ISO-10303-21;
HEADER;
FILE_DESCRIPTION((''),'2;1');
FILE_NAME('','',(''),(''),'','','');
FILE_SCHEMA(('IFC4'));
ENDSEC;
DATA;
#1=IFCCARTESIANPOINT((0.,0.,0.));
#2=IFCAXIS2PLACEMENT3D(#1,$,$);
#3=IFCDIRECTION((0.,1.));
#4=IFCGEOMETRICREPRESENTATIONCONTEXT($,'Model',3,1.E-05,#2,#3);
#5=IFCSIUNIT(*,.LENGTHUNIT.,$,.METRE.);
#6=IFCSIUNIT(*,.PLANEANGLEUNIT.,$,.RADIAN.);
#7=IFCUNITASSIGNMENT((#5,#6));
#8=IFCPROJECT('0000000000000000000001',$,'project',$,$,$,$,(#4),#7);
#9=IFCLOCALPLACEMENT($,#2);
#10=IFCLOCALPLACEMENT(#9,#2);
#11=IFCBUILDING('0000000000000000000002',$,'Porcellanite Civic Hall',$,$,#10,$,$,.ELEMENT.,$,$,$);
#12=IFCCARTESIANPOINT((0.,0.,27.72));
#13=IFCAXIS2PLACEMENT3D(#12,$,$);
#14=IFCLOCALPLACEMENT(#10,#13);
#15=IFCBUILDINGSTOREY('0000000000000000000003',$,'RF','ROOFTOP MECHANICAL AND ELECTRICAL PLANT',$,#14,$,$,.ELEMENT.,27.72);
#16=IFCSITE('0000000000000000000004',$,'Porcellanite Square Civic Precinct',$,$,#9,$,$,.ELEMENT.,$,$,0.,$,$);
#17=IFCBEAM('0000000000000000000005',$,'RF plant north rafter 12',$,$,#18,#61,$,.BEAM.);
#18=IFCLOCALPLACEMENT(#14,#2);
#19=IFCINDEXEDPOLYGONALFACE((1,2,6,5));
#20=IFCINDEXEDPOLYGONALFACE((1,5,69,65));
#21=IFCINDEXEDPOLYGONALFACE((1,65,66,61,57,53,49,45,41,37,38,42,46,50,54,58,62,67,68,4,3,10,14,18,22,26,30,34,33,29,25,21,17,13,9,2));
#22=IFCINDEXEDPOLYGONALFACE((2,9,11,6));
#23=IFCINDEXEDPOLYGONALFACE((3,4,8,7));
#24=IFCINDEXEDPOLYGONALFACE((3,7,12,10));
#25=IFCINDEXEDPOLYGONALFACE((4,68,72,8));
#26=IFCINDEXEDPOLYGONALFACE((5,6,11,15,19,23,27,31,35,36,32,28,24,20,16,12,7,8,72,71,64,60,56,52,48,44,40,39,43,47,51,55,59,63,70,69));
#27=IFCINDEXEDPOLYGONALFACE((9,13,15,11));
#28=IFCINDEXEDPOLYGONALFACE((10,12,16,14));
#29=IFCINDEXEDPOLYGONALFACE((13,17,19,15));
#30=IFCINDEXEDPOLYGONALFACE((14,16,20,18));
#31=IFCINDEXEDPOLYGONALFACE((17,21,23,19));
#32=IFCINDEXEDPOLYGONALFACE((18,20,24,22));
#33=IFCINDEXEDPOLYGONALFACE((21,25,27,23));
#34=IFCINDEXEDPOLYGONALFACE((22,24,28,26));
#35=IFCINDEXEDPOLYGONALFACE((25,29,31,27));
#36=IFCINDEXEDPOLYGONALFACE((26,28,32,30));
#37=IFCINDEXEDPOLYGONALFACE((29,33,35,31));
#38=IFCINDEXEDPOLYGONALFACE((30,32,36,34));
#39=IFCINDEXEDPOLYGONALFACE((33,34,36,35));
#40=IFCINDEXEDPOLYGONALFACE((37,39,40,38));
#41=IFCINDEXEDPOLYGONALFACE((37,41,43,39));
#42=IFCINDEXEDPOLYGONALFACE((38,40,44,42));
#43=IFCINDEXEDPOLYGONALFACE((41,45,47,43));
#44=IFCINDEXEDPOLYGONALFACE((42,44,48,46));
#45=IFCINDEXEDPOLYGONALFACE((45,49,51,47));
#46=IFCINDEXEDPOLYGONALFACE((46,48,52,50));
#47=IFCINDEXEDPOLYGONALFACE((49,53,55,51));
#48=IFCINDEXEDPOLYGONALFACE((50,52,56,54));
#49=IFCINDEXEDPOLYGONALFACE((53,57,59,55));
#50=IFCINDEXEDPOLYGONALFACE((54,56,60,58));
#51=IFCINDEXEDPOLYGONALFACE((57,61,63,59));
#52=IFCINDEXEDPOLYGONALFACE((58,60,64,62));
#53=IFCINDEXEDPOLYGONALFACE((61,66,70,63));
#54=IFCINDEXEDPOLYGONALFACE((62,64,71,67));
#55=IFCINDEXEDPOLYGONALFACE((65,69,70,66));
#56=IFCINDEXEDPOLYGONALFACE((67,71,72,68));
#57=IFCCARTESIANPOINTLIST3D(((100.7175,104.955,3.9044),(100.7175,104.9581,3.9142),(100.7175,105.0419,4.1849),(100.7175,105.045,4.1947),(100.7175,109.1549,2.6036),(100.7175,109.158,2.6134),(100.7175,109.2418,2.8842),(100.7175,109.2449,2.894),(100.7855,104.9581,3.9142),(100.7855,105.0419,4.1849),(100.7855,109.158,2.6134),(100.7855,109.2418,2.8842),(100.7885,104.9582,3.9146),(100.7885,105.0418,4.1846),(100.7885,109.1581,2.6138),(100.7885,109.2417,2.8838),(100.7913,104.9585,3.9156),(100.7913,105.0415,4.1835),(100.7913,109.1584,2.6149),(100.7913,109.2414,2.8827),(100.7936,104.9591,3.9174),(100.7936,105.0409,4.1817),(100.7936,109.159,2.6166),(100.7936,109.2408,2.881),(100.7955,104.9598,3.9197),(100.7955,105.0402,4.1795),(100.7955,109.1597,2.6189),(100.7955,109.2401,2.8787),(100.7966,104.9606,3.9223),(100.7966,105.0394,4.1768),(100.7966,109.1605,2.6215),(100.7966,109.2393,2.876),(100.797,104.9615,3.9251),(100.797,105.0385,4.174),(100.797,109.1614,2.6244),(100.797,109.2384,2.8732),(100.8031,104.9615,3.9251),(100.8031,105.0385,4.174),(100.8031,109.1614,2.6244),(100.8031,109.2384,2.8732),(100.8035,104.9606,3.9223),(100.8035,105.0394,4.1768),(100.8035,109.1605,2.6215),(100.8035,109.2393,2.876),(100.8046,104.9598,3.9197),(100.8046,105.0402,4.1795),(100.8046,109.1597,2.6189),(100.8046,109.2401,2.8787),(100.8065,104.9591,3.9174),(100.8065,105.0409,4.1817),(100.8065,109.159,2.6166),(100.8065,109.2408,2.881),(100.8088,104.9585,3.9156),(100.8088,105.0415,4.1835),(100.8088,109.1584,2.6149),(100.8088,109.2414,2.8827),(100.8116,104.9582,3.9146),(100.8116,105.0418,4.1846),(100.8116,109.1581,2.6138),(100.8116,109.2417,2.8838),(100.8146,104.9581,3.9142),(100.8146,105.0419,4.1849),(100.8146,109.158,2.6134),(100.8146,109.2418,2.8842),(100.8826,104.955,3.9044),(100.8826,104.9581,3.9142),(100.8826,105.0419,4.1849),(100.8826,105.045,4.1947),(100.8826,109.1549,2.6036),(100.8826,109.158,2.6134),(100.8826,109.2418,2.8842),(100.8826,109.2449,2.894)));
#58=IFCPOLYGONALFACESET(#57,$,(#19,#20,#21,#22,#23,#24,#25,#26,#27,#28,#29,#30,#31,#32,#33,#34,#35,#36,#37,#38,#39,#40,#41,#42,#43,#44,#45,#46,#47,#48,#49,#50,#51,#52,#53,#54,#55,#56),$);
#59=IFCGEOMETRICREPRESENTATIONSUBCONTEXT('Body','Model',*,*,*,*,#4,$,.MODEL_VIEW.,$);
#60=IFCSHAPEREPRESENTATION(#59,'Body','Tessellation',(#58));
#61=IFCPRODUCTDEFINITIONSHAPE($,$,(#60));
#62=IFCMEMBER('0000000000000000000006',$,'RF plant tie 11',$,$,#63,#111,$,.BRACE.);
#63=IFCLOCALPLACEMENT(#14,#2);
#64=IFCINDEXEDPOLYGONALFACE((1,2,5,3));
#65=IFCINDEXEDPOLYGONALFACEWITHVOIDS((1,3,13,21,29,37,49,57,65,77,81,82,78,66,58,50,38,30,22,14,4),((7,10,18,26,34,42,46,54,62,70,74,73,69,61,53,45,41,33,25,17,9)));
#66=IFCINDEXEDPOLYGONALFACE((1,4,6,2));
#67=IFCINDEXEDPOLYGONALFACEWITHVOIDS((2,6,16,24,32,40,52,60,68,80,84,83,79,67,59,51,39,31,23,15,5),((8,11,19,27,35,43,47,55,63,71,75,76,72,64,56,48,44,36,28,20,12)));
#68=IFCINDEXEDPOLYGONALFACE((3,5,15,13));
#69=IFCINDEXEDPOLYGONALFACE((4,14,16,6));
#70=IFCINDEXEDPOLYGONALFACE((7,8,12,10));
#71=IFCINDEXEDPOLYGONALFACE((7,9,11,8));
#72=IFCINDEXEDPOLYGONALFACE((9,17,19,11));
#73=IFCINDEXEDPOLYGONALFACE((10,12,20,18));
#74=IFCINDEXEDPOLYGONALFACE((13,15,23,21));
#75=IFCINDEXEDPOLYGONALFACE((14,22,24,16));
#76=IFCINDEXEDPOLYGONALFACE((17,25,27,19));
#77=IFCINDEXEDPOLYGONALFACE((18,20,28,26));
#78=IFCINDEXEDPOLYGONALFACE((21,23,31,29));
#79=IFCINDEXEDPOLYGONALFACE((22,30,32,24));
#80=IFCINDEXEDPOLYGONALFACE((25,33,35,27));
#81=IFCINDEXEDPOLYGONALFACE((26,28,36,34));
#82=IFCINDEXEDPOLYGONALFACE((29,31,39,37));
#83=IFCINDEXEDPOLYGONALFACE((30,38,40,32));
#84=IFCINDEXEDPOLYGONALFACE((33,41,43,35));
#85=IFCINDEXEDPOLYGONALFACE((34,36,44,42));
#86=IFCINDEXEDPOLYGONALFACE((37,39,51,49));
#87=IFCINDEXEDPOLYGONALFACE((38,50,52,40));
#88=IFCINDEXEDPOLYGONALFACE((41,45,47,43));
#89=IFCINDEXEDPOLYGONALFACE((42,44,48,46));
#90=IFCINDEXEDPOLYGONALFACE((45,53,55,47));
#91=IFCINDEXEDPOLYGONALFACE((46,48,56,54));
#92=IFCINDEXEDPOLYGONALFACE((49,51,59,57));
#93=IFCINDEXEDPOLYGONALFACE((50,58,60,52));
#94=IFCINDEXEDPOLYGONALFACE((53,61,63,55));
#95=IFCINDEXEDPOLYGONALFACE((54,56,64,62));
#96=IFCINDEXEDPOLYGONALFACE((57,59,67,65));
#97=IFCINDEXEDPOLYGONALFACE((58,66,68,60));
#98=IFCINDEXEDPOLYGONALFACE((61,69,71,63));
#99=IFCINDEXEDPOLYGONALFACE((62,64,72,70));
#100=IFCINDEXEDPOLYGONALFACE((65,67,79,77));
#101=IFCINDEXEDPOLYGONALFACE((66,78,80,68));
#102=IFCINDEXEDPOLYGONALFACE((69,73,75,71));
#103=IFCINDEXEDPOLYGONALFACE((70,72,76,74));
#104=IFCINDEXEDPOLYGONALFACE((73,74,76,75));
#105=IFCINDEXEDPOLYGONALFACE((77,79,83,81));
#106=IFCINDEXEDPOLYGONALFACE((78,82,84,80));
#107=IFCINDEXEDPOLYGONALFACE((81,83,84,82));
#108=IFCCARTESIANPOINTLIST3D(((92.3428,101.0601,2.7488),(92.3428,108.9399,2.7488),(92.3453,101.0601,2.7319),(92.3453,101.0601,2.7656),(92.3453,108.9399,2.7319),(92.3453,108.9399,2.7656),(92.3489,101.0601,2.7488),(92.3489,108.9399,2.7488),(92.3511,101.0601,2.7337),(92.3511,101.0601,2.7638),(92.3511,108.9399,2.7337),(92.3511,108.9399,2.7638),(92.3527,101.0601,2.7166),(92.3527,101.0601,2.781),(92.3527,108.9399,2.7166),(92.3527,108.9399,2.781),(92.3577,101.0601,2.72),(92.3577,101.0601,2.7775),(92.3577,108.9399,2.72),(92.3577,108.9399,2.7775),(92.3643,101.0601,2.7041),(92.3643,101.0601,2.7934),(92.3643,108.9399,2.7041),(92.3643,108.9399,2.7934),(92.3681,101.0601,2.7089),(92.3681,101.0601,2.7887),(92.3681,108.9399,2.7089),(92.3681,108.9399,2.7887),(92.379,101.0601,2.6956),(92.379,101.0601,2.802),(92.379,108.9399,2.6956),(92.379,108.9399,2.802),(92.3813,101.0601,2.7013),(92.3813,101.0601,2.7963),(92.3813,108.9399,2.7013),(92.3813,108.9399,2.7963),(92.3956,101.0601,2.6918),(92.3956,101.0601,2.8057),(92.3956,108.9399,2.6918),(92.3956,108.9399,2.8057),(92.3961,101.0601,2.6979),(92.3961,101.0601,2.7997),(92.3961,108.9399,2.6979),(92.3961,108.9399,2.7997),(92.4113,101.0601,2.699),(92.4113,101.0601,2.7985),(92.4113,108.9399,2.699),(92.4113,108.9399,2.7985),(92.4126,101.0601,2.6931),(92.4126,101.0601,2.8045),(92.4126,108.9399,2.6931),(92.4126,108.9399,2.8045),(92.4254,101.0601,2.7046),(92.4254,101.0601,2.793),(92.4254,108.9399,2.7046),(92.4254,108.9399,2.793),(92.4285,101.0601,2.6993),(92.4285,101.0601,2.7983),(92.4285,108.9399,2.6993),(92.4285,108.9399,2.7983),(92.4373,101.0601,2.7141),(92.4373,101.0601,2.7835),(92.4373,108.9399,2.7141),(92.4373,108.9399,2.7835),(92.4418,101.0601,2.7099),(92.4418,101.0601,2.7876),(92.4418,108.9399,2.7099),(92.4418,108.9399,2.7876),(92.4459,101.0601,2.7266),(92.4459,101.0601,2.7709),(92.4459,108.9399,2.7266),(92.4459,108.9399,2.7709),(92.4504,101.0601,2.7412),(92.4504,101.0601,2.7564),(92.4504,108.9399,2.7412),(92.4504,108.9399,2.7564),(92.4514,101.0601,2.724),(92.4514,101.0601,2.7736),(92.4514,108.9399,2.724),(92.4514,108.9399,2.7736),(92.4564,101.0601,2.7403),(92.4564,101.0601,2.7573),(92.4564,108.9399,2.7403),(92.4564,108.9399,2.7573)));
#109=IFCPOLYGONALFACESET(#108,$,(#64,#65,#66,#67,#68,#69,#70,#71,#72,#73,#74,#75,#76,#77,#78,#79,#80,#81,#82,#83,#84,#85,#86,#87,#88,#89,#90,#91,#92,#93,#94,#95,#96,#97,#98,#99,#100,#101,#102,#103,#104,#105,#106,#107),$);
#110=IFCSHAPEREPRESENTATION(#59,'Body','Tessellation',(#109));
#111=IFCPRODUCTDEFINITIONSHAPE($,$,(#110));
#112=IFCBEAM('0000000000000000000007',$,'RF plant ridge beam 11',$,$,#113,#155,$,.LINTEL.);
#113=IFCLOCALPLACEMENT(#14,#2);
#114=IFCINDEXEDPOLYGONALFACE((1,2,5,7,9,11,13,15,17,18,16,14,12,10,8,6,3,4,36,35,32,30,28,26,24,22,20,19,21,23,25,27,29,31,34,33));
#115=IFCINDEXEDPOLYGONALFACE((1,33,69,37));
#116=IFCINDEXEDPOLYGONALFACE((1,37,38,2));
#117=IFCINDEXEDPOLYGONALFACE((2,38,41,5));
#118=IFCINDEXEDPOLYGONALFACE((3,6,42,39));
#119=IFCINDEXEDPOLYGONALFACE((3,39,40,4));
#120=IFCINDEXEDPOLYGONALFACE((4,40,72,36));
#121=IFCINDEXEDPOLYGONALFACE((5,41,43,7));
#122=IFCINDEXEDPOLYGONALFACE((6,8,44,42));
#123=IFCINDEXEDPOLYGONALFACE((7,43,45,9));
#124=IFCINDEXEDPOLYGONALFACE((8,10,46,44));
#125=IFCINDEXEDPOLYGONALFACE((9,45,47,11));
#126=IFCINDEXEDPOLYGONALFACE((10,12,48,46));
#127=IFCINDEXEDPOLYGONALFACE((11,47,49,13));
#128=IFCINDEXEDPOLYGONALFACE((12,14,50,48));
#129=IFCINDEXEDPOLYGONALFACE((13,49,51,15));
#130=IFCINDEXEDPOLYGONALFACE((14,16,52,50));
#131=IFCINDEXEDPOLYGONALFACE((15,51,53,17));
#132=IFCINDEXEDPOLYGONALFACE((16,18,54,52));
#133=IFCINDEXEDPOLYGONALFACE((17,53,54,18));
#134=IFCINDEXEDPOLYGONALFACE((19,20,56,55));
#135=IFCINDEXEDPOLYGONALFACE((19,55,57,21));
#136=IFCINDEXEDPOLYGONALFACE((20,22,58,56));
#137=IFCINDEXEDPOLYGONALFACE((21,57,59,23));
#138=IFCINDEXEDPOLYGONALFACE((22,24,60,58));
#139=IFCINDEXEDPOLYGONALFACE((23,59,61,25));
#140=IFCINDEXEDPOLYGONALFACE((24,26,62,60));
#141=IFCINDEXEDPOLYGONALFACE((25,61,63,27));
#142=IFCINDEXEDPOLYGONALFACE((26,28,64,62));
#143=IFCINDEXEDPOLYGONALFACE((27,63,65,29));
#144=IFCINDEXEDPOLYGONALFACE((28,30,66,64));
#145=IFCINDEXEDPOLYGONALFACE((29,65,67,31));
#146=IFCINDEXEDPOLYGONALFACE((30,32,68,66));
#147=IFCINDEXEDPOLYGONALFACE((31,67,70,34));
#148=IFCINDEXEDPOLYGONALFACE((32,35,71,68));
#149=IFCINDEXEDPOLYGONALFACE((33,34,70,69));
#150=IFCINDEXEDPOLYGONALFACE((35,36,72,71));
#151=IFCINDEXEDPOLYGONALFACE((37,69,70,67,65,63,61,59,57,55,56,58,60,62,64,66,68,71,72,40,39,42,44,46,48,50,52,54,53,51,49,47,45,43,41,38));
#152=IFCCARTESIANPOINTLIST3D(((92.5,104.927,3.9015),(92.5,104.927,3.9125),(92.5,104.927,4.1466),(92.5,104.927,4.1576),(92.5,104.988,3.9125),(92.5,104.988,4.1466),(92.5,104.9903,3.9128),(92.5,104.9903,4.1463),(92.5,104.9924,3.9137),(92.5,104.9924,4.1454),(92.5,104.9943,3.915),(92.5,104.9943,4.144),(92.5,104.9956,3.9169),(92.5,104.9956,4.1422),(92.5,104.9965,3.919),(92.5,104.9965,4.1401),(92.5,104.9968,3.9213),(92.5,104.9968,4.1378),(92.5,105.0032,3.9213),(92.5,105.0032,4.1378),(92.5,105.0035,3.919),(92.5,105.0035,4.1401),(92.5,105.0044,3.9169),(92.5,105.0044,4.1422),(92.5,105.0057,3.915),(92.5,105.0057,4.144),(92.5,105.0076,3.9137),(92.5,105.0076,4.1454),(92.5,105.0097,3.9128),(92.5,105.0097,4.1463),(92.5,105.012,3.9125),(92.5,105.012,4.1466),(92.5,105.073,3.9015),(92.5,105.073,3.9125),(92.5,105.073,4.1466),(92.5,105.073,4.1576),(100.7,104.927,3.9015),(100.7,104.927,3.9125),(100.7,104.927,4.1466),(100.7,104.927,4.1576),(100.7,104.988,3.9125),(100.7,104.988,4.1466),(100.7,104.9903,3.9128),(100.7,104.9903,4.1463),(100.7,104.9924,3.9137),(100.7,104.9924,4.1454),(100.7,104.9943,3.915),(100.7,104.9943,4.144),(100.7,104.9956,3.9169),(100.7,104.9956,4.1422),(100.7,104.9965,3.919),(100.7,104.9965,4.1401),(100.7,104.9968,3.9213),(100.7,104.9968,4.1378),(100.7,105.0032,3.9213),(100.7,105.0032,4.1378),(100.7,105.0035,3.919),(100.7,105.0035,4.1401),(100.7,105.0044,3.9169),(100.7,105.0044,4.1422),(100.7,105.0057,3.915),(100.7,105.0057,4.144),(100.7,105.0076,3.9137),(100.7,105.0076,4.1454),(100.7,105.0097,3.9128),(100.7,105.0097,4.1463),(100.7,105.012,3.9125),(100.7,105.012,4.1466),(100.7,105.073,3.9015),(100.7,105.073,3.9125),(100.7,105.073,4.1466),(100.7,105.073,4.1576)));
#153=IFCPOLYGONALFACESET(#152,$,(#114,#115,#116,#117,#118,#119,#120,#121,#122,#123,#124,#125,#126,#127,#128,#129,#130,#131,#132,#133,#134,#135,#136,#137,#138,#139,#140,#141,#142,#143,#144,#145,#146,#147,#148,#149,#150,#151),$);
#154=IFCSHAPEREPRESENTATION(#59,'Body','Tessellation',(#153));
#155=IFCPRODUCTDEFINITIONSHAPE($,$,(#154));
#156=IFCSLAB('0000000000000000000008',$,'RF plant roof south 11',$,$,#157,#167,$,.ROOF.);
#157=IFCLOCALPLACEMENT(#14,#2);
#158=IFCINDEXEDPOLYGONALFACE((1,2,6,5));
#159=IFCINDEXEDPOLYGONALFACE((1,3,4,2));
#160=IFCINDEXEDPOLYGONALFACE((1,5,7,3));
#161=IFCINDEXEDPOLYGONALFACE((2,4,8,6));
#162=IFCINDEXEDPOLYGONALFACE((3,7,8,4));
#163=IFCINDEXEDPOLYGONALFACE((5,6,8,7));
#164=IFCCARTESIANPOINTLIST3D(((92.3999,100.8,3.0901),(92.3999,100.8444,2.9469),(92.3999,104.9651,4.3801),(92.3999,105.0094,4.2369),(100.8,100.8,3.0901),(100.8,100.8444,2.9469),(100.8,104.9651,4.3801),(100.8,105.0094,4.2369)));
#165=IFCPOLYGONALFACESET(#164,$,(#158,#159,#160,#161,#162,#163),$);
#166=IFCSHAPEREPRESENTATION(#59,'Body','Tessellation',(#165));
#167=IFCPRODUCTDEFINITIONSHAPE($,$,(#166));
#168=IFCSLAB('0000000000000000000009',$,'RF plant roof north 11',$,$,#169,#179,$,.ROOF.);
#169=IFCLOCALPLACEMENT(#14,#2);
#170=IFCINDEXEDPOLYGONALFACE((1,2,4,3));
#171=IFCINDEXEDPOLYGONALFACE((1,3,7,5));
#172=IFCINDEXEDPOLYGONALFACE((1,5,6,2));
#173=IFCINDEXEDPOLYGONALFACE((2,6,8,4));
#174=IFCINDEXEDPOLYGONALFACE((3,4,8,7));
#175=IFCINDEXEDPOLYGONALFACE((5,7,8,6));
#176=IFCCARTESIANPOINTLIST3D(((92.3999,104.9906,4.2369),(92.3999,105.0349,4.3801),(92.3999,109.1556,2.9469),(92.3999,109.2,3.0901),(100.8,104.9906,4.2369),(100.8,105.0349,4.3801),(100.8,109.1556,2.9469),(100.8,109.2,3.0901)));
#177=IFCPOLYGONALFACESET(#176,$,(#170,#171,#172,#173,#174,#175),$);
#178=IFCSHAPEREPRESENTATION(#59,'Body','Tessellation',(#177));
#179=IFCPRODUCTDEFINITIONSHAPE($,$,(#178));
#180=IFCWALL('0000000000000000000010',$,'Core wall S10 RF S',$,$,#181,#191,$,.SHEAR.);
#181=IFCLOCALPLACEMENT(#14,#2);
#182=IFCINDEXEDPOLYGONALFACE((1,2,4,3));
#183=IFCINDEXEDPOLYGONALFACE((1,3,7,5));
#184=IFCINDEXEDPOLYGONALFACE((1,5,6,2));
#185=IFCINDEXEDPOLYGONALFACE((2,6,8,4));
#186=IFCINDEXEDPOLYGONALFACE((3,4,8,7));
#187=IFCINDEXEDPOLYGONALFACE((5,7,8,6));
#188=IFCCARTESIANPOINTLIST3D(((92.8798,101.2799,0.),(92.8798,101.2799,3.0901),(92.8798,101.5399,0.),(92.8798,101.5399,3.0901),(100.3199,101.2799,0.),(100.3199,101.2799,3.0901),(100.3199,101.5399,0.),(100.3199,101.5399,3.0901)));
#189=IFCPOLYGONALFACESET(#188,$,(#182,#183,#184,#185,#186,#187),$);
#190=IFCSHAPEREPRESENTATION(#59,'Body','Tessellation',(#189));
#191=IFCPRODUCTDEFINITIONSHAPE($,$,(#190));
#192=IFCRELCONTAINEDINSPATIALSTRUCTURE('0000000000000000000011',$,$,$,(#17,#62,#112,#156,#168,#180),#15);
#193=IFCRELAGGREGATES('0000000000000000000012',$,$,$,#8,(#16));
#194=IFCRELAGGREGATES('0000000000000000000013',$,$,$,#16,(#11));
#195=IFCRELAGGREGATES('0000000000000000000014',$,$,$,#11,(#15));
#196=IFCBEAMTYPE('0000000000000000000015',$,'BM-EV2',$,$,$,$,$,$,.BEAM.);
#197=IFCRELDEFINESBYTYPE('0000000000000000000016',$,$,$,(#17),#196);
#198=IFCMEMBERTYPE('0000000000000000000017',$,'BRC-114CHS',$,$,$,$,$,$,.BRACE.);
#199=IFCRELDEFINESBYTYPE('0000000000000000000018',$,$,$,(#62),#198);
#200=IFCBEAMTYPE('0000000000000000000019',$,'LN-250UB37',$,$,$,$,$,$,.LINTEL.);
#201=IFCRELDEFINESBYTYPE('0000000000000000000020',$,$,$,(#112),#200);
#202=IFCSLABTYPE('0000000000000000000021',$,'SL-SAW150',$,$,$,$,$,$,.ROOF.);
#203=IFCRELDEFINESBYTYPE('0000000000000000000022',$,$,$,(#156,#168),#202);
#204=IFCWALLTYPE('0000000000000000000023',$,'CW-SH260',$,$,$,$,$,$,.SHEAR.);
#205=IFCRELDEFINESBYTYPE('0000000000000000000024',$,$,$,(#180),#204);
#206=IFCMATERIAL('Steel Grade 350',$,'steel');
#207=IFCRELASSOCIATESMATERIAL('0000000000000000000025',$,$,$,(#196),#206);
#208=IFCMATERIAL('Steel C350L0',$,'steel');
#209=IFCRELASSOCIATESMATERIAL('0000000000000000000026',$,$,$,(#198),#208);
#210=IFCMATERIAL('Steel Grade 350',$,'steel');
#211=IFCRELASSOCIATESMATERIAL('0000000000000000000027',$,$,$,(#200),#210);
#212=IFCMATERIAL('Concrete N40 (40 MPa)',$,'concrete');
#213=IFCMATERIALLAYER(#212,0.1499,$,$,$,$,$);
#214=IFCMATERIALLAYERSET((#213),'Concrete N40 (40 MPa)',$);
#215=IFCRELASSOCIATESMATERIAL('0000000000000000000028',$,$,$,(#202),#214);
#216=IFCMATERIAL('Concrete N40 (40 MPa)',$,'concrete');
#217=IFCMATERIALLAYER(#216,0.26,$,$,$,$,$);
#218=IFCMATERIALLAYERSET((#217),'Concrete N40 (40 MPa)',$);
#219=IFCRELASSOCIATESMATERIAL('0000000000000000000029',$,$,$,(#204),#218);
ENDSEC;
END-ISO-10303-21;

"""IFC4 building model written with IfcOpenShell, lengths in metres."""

from ifc_helpers import new_model, si_unit, direction, frame, frame_2d, origin, origin_2d, place, context, subcontext, project, spatial, polyline, rectangle, hollow_circle, i_section, outline, extrude, material, layer, layer_set, material_profile, profile_set, type_object, element, save


model = new_model("IFC4")

# Units and contexts
model_context = context("Model", 3, precision=1e-05, world=origin(), true_north=direction((0.0, 1.0)))
body_context = subcontext(model_context, "Body", "Model", "MODEL_VIEW")
ifc_project = project(units=[si_unit("LENGTHUNIT", "METRE"), si_unit("PLANEANGLEUNIT", "RADIAN")], contexts=[model_context])

# Site, building, storey
site_placement = place(None, origin())
site = spatial("IfcSite", under=ifc_project, at=site_placement, Name="Porcellanite Square Civic Precinct", CompositionType="ELEMENT", RefElevation=0.0)
building_placement = place(site_placement, origin())
building = spatial("IfcBuilding", under=site, at=building_placement, Name="Porcellanite Civic Hall", CompositionType="ELEMENT")
storey_placement = place(building_placement, frame((0.0, 0.0, 27.72)))
storey = spatial("IfcBuildingStorey", under=building, at=storey_placement, Name="RF", Description="ROOFTOP MECHANICAL AND ELECTRICAL PLANT", CompositionType="ELEMENT", Elevation=27.72)

# Beam
ifc_material_1 = material(Name="Steel Grade 350", Category="steel")
ifc_material_profile_1 = material_profile(ifc_material_1, i_section(OverallWidth=0.165, OverallDepth=0.304, WebThickness=0.0061, FlangeThickness=0.0103, FilletRadius=0.0115, at=origin_2d()), Name="310UB40.4")
ifc_profile_set_1 = profile_set([ifc_material_profile_1], Name="Steel Grade 350")
beam_type_1 = type_object("IfcBeamType", Name="BM-EV2", PredefinedType="BEAM", material=ifc_profile_set_1)
for number, where, z_axis, x_axis, name in (
    (1, (100.8, 105.0, 4.0496), (0.0, 0.955235, -0.295849), (-1.0, 0.0, 0.0), "RF plant north rafter 12"),
):
    element("IfcBeam", number, at=place(storey_placement, frame(where, z_axis=z_axis, x_axis=x_axis)), inside=storey, type_object=beam_type_1, Name=name, PredefinedType="BEAM", context=body_context, shape_type="SweptSolid", body=[
        extrude(i_section(OverallWidth=0.165, OverallDepth=0.304, WebThickness=0.0061, FlangeThickness=0.0103, FilletRadius=0.0115, at=origin_2d()), origin(), (0.0, 0.0, 1.0), 4.3967),
    ])

# Member
ifc_material_2 = material(Name="Steel C350L0", Category="steel")
ifc_material_profile_2 = material_profile(ifc_material_2, hollow_circle(Radius=0.0571, WallThickness=0.0061, at=origin_2d()), Name="114.3x6.0CHS")
ifc_profile_set_2 = profile_set([ifc_material_profile_2], Name="Steel C350L0")
member_type = type_object("IfcMemberType", Name="BRC-114CHS", PredefinedType="BRACE", material=ifc_profile_set_2)
member_placement = place(storey_placement, frame((92.3999, 101.0601, 2.7488), z_axis=(0.0, 1.0, 0.0), x_axis=(-1.0, 0.0, 0.0)))
element("IfcMember", 2, at=member_placement, inside=storey, type_object=member_type, Name="RF plant tie 11", PredefinedType="BRACE", context=body_context, shape_type="SweptSolid", body=[
    extrude(hollow_circle(Radius=0.0571, WallThickness=0.0061, at=origin_2d()), origin(), (0.0, 0.0, 1.0), 7.8799),
])

# Beam
ifc_material_3 = material(Name="Steel Grade 350", Category="steel")
ifc_material_profile_3 = material_profile(ifc_material_3, i_section(OverallWidth=0.146, OverallDepth=0.2561, WebThickness=0.0063, FlangeThickness=0.011, FilletRadius=0.0088, at=origin_2d()), Name="250UB37.3")
ifc_profile_set_3 = profile_set([ifc_material_profile_3], Name="Steel Grade 350")
beam_type_2 = type_object("IfcBeamType", Name="LN-250UB37", PredefinedType="LINTEL", material=ifc_profile_set_3)
beam_placement = place(storey_placement, frame((92.5, 105.0, 4.0295), z_axis=(1.0, 0.0, 0.0), x_axis=(0.0, 1.0, 0.0)))
element("IfcBeam", 3, at=beam_placement, inside=storey, type_object=beam_type_2, Name="RF plant ridge beam 11", PredefinedType="LINTEL", context=body_context, shape_type="SweptSolid", body=[
    extrude(i_section(OverallWidth=0.146, OverallDepth=0.2561, WebThickness=0.0063, FlangeThickness=0.011, FilletRadius=0.0088, at=origin_2d()), origin(), (0.0, 0.0, 1.0), 8.2),
])

# Slabs
ifc_material_4 = material(Name="Concrete N40 (40 MPa)", Category="concrete")
ifc_layer_1 = layer(ifc_material_4, 0.1499)
ifc_layer_set_1 = layer_set([ifc_layer_1], Name="Concrete N40 (40 MPa)")
slab_type = type_object("IfcSlabType", Name="SL-SAW150", PredefinedType="ROOF", material=ifc_layer_set_1)
for number, where, z_axis, x_axis, name in (
    (4, (92.3999, 100.8, 3.0901), (0.0, -0.295864, 0.95523), (1.0, 0.0, 0.0), "RF plant roof south 11"),
    (5, (92.3999, 105.0349, 4.3801), (0.0, 0.295864, 0.95523), (1.0, 0.0, 0.0), "RF plant roof north 11"),
):
    element("IfcSlab", number, at=place(storey_placement, frame(where, z_axis=z_axis, x_axis=x_axis)), inside=storey, type_object=slab_type, Name=name, PredefinedType="ROOF", context=body_context, shape_type="SweptSolid", body=[
        extrude(outline(polyline([(0.0, 0.0), (8.4001, 0.0), (8.4001, 4.3602), (0.0, 4.3602), (0.0, 0.0)])), origin(), (0.0, 0.0, -1.0), 0.1499),
    ])

# Wall
ifc_material_5 = material(Name="Concrete N40 (40 MPa)", Category="concrete")
ifc_layer_2 = layer(ifc_material_5, 0.26)
ifc_layer_set_2 = layer_set([ifc_layer_2], Name="Concrete N40 (40 MPa)")
wall_type_1 = type_object("IfcWallType", Name="CW-SH260", PredefinedType="SHEAR", material=ifc_layer_set_2)
wall_1_placement = place(storey_placement, frame((100.3201, 101.4099, 0.0), z_axis=(0.0, 0.0, 1.0), x_axis=(-1.0, 0.0, 0.0)))
element("IfcWall", 6, at=wall_1_placement, inside=storey, type_object=wall_type_1, Name="Core wall S10 RF S", PredefinedType="SHEAR", context=body_context, shape_type="SweptSolid", body=[
    extrude(rectangle(XDim=7.4402, YDim=0.26, at=frame_2d((3.7202, 0.0))), origin(), (0.0, 0.0, 1.0), 3.0901),
])

save(model, "model.ifc")
